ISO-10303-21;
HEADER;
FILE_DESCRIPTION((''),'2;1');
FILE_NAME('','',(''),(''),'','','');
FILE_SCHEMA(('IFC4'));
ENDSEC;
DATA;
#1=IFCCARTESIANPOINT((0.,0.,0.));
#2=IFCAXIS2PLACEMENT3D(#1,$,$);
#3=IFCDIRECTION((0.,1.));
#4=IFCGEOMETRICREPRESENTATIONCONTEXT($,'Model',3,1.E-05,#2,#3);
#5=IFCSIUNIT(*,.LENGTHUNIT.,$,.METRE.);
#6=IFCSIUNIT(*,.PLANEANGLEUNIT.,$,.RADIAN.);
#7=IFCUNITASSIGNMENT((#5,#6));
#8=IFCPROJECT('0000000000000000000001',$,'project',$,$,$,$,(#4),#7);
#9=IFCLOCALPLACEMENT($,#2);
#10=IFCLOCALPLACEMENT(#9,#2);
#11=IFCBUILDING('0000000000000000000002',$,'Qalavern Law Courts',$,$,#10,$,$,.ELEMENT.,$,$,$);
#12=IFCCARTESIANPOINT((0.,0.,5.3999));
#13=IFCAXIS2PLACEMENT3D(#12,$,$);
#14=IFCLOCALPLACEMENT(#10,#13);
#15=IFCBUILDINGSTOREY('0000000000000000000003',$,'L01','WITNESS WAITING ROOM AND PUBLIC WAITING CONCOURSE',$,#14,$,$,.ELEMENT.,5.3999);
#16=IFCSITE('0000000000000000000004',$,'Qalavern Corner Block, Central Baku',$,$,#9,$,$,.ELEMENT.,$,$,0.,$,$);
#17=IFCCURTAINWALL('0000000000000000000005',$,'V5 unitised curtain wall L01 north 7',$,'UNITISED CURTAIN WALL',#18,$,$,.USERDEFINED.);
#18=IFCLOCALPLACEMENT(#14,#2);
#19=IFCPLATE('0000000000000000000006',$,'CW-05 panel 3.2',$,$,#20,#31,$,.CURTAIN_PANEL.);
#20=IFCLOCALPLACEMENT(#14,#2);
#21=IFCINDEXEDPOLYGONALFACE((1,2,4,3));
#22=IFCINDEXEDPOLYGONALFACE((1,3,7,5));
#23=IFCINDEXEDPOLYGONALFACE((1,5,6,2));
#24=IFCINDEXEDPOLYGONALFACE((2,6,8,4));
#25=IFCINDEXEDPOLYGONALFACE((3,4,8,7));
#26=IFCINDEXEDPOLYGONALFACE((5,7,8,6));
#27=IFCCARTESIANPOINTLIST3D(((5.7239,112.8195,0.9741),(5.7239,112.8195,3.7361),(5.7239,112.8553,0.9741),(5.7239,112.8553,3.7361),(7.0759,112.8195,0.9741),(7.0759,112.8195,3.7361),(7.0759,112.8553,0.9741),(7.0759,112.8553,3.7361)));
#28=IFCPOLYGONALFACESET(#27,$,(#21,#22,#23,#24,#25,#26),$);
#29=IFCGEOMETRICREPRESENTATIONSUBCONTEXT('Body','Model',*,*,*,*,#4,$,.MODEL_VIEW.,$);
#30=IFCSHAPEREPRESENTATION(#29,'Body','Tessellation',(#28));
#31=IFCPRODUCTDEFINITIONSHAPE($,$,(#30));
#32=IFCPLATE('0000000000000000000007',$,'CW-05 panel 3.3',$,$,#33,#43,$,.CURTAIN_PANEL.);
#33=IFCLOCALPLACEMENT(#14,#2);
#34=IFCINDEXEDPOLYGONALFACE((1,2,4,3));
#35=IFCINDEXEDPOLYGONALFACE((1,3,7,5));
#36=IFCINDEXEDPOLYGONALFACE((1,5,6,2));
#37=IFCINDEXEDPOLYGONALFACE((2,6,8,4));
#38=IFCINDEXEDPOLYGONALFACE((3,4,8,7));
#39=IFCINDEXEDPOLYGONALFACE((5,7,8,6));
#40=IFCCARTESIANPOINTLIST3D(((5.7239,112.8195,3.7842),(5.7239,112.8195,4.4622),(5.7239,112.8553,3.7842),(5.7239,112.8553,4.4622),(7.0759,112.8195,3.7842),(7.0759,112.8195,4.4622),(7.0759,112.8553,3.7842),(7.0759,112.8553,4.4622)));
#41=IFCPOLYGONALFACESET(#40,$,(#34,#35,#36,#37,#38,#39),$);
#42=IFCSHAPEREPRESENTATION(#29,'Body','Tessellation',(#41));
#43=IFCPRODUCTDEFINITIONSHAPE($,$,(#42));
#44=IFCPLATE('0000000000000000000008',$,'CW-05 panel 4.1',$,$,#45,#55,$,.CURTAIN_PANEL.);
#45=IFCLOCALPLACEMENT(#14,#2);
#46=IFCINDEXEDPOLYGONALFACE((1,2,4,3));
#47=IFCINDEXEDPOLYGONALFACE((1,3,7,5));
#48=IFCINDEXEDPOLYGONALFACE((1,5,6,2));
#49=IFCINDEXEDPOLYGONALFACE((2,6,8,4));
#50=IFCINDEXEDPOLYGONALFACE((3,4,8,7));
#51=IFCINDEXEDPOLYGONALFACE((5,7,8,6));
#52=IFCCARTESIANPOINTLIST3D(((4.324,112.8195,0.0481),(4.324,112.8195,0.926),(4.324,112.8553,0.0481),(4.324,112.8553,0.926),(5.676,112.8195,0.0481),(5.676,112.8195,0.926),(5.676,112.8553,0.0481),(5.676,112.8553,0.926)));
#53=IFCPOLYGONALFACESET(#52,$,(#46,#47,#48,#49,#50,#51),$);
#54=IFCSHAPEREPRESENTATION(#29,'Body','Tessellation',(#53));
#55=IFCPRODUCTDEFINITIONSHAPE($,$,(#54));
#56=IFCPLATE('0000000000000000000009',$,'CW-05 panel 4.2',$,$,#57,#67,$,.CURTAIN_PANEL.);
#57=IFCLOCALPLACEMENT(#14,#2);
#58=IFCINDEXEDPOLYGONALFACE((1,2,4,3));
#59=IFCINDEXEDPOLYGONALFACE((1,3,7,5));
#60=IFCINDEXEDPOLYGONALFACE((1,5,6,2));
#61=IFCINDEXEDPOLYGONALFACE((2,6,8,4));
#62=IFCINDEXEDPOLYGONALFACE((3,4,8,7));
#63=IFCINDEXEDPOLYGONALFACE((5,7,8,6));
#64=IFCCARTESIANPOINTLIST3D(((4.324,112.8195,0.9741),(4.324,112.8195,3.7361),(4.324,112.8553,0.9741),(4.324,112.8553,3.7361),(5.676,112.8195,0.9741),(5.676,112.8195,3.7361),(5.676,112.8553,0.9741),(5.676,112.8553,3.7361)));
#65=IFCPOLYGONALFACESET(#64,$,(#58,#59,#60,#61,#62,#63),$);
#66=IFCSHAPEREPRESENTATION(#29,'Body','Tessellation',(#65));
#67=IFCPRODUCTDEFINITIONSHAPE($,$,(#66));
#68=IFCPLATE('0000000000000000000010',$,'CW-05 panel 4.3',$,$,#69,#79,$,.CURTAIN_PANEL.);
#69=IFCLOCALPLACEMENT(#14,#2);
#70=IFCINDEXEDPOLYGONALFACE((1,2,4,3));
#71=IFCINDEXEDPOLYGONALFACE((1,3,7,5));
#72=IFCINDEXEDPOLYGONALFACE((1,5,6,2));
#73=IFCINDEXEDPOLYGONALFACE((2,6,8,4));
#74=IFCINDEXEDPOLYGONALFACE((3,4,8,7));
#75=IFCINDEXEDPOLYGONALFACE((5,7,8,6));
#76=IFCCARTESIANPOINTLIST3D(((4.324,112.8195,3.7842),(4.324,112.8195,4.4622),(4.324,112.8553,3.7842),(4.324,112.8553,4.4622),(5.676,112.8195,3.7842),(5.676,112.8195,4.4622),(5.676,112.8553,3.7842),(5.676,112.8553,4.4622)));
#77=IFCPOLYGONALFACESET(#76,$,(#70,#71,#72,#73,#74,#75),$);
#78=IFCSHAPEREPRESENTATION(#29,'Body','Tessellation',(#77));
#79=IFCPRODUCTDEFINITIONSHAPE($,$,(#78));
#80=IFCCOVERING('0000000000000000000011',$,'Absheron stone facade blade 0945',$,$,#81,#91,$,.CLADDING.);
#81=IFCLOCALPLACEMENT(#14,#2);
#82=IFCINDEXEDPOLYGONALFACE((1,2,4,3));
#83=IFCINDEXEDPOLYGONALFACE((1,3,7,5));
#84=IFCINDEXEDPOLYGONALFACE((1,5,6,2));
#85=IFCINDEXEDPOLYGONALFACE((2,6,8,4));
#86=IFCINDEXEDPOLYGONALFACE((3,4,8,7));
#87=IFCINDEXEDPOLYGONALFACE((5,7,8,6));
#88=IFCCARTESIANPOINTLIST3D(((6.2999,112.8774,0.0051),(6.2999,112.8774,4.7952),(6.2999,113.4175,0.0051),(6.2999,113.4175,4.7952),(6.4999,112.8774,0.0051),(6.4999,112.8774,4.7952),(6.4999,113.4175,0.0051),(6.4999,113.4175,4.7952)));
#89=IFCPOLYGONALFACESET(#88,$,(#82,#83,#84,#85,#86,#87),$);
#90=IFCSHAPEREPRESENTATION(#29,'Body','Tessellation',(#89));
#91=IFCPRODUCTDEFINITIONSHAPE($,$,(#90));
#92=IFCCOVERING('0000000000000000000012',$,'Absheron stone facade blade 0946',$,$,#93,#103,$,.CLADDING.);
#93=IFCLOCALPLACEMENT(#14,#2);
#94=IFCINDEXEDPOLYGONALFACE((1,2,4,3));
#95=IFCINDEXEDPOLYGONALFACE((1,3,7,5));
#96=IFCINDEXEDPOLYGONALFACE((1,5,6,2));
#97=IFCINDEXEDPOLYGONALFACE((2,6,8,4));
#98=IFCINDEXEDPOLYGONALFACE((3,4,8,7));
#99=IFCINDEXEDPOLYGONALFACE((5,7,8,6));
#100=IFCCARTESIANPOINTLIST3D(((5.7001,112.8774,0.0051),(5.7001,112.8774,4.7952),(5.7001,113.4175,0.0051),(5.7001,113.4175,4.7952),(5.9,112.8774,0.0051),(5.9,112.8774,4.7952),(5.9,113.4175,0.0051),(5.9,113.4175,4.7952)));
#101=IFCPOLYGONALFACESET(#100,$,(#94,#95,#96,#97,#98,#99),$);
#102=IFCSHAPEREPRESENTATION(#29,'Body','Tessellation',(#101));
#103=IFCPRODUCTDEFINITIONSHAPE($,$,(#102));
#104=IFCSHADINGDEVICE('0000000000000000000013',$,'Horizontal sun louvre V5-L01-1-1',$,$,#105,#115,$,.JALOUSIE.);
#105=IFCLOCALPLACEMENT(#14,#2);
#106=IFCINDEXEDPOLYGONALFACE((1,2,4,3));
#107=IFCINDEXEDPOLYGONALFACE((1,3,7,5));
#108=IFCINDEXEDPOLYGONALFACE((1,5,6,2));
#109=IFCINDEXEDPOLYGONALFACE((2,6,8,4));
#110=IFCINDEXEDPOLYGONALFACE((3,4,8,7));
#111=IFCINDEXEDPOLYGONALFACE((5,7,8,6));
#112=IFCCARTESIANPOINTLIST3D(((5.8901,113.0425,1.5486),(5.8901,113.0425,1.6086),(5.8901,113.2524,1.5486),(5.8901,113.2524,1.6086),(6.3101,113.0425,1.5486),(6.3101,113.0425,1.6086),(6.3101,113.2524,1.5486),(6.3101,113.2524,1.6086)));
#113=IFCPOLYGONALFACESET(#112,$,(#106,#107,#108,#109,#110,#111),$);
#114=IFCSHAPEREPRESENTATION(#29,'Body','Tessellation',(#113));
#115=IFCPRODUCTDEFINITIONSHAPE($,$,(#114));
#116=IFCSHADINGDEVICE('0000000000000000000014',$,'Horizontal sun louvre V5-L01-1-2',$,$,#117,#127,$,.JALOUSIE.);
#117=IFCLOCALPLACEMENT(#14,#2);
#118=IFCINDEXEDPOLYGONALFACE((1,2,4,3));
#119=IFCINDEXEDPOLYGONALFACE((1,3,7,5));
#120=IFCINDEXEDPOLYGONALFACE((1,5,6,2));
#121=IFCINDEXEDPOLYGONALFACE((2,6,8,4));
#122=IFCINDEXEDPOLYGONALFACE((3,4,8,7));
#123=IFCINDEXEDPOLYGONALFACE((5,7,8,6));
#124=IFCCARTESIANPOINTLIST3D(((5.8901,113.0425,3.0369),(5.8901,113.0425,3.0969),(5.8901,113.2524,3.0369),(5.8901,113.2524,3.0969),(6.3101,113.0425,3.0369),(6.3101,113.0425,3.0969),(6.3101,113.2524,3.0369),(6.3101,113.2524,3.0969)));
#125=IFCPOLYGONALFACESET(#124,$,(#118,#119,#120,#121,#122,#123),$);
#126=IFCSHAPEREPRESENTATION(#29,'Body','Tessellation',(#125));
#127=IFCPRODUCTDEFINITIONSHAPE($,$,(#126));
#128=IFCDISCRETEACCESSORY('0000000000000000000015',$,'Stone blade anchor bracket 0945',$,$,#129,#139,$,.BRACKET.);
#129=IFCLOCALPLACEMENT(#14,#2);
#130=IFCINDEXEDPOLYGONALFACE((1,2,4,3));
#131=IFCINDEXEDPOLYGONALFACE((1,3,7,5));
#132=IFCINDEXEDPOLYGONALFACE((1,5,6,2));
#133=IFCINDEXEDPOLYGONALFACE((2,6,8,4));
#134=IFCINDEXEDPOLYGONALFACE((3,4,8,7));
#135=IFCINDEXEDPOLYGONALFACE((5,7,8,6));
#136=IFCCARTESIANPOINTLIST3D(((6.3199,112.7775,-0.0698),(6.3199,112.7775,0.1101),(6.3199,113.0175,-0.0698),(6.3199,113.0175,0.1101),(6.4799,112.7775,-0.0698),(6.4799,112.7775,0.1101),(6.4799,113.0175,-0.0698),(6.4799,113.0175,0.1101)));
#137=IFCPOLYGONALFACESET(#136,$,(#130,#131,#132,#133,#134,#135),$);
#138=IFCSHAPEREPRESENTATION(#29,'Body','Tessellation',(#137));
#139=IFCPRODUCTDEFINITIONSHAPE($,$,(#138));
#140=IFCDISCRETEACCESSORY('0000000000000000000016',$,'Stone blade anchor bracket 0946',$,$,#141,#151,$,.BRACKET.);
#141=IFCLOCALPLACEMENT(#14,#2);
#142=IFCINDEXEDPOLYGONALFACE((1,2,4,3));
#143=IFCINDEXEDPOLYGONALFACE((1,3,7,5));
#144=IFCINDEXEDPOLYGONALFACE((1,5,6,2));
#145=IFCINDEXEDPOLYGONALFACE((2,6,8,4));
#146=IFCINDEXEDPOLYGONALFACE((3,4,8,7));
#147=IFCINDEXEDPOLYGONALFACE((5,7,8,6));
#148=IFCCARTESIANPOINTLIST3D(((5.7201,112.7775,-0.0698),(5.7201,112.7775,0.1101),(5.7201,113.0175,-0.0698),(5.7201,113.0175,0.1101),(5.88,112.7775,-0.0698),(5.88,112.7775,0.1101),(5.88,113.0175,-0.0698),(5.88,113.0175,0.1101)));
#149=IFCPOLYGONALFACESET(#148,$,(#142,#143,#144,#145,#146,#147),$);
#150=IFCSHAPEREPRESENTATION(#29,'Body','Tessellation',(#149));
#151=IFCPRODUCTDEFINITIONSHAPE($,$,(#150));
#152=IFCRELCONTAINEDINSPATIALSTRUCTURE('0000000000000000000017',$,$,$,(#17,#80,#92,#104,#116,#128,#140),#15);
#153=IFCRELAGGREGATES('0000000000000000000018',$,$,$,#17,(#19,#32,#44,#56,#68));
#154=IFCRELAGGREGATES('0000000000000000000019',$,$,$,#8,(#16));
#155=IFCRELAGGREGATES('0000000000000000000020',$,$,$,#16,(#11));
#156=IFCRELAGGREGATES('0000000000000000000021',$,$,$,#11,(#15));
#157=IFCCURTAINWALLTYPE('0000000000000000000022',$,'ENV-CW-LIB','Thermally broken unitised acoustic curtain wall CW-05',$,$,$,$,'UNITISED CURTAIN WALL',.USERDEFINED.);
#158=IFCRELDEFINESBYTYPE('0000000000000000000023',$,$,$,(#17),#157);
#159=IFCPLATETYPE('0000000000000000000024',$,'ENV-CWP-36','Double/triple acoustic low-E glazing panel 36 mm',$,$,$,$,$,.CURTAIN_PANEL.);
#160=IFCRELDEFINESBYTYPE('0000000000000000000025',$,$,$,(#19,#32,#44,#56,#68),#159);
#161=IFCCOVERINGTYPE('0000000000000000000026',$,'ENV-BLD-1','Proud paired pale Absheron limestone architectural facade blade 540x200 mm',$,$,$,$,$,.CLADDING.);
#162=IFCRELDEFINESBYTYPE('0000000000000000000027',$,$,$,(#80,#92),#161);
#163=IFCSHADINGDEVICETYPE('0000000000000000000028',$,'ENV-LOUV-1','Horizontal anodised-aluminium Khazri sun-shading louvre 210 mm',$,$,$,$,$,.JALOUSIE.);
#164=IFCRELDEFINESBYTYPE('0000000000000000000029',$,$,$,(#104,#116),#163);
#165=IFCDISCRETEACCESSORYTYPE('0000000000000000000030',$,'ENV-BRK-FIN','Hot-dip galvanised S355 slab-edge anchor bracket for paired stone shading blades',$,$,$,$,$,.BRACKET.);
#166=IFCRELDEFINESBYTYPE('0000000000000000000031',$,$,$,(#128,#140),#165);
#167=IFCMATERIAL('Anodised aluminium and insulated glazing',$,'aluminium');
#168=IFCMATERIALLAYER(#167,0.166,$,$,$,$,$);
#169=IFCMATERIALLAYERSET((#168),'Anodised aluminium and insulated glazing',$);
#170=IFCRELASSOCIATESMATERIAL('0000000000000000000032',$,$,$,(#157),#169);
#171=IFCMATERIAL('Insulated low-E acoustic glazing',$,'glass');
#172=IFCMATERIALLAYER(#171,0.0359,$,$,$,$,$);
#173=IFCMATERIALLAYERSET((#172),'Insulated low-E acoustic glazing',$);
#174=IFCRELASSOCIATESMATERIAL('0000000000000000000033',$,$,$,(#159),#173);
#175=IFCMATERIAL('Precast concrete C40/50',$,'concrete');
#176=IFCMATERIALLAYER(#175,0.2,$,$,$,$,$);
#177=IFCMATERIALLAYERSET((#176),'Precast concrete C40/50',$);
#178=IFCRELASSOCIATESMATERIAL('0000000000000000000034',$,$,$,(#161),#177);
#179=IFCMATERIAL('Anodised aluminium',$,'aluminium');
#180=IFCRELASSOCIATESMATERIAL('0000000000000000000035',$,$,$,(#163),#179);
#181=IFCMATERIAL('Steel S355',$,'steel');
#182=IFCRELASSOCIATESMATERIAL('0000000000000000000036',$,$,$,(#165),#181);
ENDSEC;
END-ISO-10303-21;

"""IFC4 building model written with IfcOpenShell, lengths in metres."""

from ifc_helpers import new_model, si_unit, direction, frame, origin, origin_2d, place, context, subcontext, project, spatial, rectangle, extrude, material, layer, layer_set, type_object, element, aggregate, save


model = new_model("IFC4")

# Units and contexts
model_context = context("Model", 3, precision=1e-05, world=origin(), true_north=direction((0.0, 1.0)))
body_context = subcontext(model_context, "Body", "Model", "MODEL_VIEW")
ifc_project = project(units=[si_unit("LENGTHUNIT", "METRE"), si_unit("PLANEANGLEUNIT", "RADIAN")], contexts=[model_context])

# Site, building, storey
site_placement = place(None, origin())
site = spatial("IfcSite", under=ifc_project, at=site_placement, Name="Qalavern Corner Block, Central Baku", CompositionType="ELEMENT", RefElevation=0.0)
building_placement = place(site_placement, origin())
building = spatial("IfcBuilding", under=site, at=building_placement, Name="Qalavern Law Courts", CompositionType="ELEMENT")
storey_placement = place(building_placement, frame((0.0, 0.0, 5.3999)))
storey = spatial("IfcBuildingStorey", under=building, at=storey_placement, Name="L01", Description="WITNESS WAITING ROOM AND PUBLIC WAITING CONCOURSE", CompositionType="ELEMENT", Elevation=5.3999)

# Curtain wall, plates
ifc_material_1 = material(Name="Anodised aluminium and insulated glazing", Category="aluminium")
ifc_layer_1 = layer(ifc_material_1, 0.166)
ifc_layer_set_1 = layer_set([ifc_layer_1], Name="Anodised aluminium and insulated glazing")
curtain_wall_type = type_object("IfcCurtainWallType", Name="ENV-CW-LIB", Description="Thermally broken unitised acoustic curtain wall CW-05", ElementType="UNITISED CURTAIN WALL", PredefinedType="USERDEFINED", material=ifc_layer_set_1)
curtain_wall_placement = place(storey_placement, origin())
curtain_wall = element("IfcCurtainWall", 1, at=curtain_wall_placement, inside=storey, type_object=curtain_wall_type, Name="V5 unitised curtain wall L01 north 7", ObjectType="UNITISED CURTAIN WALL", PredefinedType="USERDEFINED")
ifc_material_2 = material(Name="Anodised aluminium", Category="aluminium")
ifc_material_3 = material(Name="Insulated low-E acoustic glazing", Category="glass")
ifc_layer_2 = layer(ifc_material_3, 0.0359)
ifc_layer_set_2 = layer_set([ifc_layer_2], Name="Insulated low-E acoustic glazing")
plate_type = type_object("IfcPlateType", Name="ENV-CWP-36", Description="Double/triple acoustic low-E glazing panel 36 mm", PredefinedType="CURTAIN_PANEL", material=ifc_layer_set_2)
plate_1_placement = place(storey_placement, frame((6.3999, 112.8374, 0.9741), z_axis=(0.0, 0.0, 1.0), x_axis=(-1.0, 0.0, 0.0)))
plate_1 = element("IfcPlate", 2, at=plate_1_placement, type_object=plate_type, Name="CW-05 panel 3.2", PredefinedType="CURTAIN_PANEL", context=body_context, shape_type="SweptSolid", body=[
    extrude(rectangle(XDim=1.3521, YDim=0.0359, at=origin_2d()), origin(), (0.0, 0.0, 1.0), 2.762),
])
plate_2_placement = place(storey_placement, frame((6.3999, 112.8374, 3.7842), z_axis=(0.0, 0.0, 1.0), x_axis=(-1.0, 0.0, 0.0)))
plate_2 = element("IfcPlate", 3, at=plate_2_placement, type_object=plate_type, Name="CW-05 panel 3.3", PredefinedType="CURTAIN_PANEL", context=body_context, shape_type="SweptSolid", body=[
    extrude(rectangle(XDim=1.3521, YDim=0.0359, at=origin_2d()), origin(), (0.0, 0.0, 1.0), 0.678),
])
plate_3_placement = place(storey_placement, frame((5.0, 112.8374, 0.0481), z_axis=(0.0, 0.0, 1.0), x_axis=(-1.0, 0.0, 0.0)))
plate_3 = element("IfcPlate", 4, at=plate_3_placement, type_object=plate_type, Name="CW-05 panel 4.1", PredefinedType="CURTAIN_PANEL", context=body_context, shape_type="SweptSolid", body=[
    extrude(rectangle(XDim=1.3521, YDim=0.0359, at=origin_2d()), origin(), (0.0, 0.0, 1.0), 0.8779),
])
plate_4_placement = place(storey_placement, frame((5.0, 112.8374, 0.9741), z_axis=(0.0, 0.0, 1.0), x_axis=(-1.0, 0.0, 0.0)))
plate_4 = element("IfcPlate", 5, at=plate_4_placement, type_object=plate_type, Name="CW-05 panel 4.2", PredefinedType="CURTAIN_PANEL", context=body_context, shape_type="SweptSolid", body=[
    extrude(rectangle(XDim=1.3521, YDim=0.0359, at=origin_2d()), origin(), (0.0, 0.0, 1.0), 2.762),
])
plate_5_placement = place(storey_placement, frame((5.0, 112.8374, 3.7842), z_axis=(0.0, 0.0, 1.0), x_axis=(-1.0, 0.0, 0.0)))
plate_5 = element("IfcPlate", 6, at=plate_5_placement, type_object=plate_type, Name="CW-05 panel 4.3", PredefinedType="CURTAIN_PANEL", context=body_context, shape_type="SweptSolid", body=[
    extrude(rectangle(XDim=1.3521, YDim=0.0359, at=origin_2d()), origin(), (0.0, 0.0, 1.0), 0.678),
])
aggregate(curtain_wall, [plate_1, plate_2, plate_3, plate_4, plate_5])

# Coverings
ifc_material_4 = material(Name="Precast concrete C40/50", Category="concrete")
ifc_layer_3 = layer(ifc_material_4, 0.2)
ifc_layer_set_3 = layer_set([ifc_layer_3], Name="Precast concrete C40/50")
covering_type = type_object("IfcCoveringType", Name="ENV-BLD-1", Description="Proud paired pale Absheron limestone architectural facade blade 540x200 mm", PredefinedType="CLADDING", material=ifc_layer_set_3)
for number, where, z_axis, x_axis, name in (
    (7, (6.3999, 113.1475, 0.0051), (0.0, 0.0, 1.0), (0.0, 1.0, 0.0), "Absheron stone facade blade 0945"),
    (8, (5.8, 113.1475, 0.0051), (0.0, 0.0, 1.0), (0.0, 1.0, 0.0), "Absheron stone facade blade 0946"),
):
    element("IfcCovering", number, at=place(storey_placement, frame(where, z_axis=z_axis, x_axis=x_axis)), inside=storey, type_object=covering_type, Name=name, PredefinedType="CLADDING", context=body_context, shape_type="SweptSolid", body=[
        extrude(rectangle(XDim=0.54, YDim=0.2, at=origin_2d()), origin(), (0.0, 0.0, 1.0), 4.79),
    ])

# Shading devices
shading_device_type = type_object("IfcShadingDeviceType", Name="ENV-LOUV-1", Description="Horizontal anodised-aluminium Khazri sun-shading louvre 210 mm", PredefinedType="JALOUSIE", material=ifc_material_2)
for number, where, z_axis, x_axis, name in (
    (9, (6.1001, 113.1475, 1.5486), (0.0, 0.0, 1.0), (-1.0, 0.0, 0.0), "Horizontal sun louvre V5-L01-1-1"),
    (10, (6.1001, 113.1475, 3.0369), (0.0, 0.0, 1.0), (-1.0, 0.0, 0.0), "Horizontal sun louvre V5-L01-1-2"),
):
    element("IfcShadingDevice", number, at=place(storey_placement, frame(where, z_axis=z_axis, x_axis=x_axis)), inside=storey, type_object=shading_device_type, Name=name, PredefinedType="JALOUSIE", context=body_context, shape_type="SweptSolid", body=[
        extrude(rectangle(XDim=0.4199, YDim=0.21, at=origin_2d()), origin(), (0.0, 0.0, 1.0), 0.0601),
    ])

# Discrete accessories
ifc_material_5 = material(Name="Steel S355", Category="steel")
discrete_accessory_type = type_object("IfcDiscreteAccessoryType", Name="ENV-BRK-FIN", Description="Hot-dip galvanised S355 slab-edge anchor bracket for paired stone shading blades", PredefinedType="BRACKET", material=ifc_material_5)
for number, where, z_axis, x_axis, name in (
    (11, (6.3999, 112.8975, -0.0698), (0.0, 0.0, 1.0), (0.0, 1.0, 0.0), "Stone blade anchor bracket 0945"),
    (12, (5.8, 112.8975, -0.0698), (0.0, 0.0, 1.0), (0.0, 1.0, 0.0), "Stone blade anchor bracket 0946"),
):
    element("IfcDiscreteAccessory", number, at=place(storey_placement, frame(where, z_axis=z_axis, x_axis=x_axis)), inside=storey, type_object=discrete_accessory_type, Name=name, PredefinedType="BRACKET", context=body_context, shape_type="SweptSolid", body=[
        extrude(rectangle(XDim=0.24, YDim=0.1599, at=origin_2d()), origin(), (0.0, 0.0, 1.0), 0.1799),
    ])

save(model, "model.ifc")
